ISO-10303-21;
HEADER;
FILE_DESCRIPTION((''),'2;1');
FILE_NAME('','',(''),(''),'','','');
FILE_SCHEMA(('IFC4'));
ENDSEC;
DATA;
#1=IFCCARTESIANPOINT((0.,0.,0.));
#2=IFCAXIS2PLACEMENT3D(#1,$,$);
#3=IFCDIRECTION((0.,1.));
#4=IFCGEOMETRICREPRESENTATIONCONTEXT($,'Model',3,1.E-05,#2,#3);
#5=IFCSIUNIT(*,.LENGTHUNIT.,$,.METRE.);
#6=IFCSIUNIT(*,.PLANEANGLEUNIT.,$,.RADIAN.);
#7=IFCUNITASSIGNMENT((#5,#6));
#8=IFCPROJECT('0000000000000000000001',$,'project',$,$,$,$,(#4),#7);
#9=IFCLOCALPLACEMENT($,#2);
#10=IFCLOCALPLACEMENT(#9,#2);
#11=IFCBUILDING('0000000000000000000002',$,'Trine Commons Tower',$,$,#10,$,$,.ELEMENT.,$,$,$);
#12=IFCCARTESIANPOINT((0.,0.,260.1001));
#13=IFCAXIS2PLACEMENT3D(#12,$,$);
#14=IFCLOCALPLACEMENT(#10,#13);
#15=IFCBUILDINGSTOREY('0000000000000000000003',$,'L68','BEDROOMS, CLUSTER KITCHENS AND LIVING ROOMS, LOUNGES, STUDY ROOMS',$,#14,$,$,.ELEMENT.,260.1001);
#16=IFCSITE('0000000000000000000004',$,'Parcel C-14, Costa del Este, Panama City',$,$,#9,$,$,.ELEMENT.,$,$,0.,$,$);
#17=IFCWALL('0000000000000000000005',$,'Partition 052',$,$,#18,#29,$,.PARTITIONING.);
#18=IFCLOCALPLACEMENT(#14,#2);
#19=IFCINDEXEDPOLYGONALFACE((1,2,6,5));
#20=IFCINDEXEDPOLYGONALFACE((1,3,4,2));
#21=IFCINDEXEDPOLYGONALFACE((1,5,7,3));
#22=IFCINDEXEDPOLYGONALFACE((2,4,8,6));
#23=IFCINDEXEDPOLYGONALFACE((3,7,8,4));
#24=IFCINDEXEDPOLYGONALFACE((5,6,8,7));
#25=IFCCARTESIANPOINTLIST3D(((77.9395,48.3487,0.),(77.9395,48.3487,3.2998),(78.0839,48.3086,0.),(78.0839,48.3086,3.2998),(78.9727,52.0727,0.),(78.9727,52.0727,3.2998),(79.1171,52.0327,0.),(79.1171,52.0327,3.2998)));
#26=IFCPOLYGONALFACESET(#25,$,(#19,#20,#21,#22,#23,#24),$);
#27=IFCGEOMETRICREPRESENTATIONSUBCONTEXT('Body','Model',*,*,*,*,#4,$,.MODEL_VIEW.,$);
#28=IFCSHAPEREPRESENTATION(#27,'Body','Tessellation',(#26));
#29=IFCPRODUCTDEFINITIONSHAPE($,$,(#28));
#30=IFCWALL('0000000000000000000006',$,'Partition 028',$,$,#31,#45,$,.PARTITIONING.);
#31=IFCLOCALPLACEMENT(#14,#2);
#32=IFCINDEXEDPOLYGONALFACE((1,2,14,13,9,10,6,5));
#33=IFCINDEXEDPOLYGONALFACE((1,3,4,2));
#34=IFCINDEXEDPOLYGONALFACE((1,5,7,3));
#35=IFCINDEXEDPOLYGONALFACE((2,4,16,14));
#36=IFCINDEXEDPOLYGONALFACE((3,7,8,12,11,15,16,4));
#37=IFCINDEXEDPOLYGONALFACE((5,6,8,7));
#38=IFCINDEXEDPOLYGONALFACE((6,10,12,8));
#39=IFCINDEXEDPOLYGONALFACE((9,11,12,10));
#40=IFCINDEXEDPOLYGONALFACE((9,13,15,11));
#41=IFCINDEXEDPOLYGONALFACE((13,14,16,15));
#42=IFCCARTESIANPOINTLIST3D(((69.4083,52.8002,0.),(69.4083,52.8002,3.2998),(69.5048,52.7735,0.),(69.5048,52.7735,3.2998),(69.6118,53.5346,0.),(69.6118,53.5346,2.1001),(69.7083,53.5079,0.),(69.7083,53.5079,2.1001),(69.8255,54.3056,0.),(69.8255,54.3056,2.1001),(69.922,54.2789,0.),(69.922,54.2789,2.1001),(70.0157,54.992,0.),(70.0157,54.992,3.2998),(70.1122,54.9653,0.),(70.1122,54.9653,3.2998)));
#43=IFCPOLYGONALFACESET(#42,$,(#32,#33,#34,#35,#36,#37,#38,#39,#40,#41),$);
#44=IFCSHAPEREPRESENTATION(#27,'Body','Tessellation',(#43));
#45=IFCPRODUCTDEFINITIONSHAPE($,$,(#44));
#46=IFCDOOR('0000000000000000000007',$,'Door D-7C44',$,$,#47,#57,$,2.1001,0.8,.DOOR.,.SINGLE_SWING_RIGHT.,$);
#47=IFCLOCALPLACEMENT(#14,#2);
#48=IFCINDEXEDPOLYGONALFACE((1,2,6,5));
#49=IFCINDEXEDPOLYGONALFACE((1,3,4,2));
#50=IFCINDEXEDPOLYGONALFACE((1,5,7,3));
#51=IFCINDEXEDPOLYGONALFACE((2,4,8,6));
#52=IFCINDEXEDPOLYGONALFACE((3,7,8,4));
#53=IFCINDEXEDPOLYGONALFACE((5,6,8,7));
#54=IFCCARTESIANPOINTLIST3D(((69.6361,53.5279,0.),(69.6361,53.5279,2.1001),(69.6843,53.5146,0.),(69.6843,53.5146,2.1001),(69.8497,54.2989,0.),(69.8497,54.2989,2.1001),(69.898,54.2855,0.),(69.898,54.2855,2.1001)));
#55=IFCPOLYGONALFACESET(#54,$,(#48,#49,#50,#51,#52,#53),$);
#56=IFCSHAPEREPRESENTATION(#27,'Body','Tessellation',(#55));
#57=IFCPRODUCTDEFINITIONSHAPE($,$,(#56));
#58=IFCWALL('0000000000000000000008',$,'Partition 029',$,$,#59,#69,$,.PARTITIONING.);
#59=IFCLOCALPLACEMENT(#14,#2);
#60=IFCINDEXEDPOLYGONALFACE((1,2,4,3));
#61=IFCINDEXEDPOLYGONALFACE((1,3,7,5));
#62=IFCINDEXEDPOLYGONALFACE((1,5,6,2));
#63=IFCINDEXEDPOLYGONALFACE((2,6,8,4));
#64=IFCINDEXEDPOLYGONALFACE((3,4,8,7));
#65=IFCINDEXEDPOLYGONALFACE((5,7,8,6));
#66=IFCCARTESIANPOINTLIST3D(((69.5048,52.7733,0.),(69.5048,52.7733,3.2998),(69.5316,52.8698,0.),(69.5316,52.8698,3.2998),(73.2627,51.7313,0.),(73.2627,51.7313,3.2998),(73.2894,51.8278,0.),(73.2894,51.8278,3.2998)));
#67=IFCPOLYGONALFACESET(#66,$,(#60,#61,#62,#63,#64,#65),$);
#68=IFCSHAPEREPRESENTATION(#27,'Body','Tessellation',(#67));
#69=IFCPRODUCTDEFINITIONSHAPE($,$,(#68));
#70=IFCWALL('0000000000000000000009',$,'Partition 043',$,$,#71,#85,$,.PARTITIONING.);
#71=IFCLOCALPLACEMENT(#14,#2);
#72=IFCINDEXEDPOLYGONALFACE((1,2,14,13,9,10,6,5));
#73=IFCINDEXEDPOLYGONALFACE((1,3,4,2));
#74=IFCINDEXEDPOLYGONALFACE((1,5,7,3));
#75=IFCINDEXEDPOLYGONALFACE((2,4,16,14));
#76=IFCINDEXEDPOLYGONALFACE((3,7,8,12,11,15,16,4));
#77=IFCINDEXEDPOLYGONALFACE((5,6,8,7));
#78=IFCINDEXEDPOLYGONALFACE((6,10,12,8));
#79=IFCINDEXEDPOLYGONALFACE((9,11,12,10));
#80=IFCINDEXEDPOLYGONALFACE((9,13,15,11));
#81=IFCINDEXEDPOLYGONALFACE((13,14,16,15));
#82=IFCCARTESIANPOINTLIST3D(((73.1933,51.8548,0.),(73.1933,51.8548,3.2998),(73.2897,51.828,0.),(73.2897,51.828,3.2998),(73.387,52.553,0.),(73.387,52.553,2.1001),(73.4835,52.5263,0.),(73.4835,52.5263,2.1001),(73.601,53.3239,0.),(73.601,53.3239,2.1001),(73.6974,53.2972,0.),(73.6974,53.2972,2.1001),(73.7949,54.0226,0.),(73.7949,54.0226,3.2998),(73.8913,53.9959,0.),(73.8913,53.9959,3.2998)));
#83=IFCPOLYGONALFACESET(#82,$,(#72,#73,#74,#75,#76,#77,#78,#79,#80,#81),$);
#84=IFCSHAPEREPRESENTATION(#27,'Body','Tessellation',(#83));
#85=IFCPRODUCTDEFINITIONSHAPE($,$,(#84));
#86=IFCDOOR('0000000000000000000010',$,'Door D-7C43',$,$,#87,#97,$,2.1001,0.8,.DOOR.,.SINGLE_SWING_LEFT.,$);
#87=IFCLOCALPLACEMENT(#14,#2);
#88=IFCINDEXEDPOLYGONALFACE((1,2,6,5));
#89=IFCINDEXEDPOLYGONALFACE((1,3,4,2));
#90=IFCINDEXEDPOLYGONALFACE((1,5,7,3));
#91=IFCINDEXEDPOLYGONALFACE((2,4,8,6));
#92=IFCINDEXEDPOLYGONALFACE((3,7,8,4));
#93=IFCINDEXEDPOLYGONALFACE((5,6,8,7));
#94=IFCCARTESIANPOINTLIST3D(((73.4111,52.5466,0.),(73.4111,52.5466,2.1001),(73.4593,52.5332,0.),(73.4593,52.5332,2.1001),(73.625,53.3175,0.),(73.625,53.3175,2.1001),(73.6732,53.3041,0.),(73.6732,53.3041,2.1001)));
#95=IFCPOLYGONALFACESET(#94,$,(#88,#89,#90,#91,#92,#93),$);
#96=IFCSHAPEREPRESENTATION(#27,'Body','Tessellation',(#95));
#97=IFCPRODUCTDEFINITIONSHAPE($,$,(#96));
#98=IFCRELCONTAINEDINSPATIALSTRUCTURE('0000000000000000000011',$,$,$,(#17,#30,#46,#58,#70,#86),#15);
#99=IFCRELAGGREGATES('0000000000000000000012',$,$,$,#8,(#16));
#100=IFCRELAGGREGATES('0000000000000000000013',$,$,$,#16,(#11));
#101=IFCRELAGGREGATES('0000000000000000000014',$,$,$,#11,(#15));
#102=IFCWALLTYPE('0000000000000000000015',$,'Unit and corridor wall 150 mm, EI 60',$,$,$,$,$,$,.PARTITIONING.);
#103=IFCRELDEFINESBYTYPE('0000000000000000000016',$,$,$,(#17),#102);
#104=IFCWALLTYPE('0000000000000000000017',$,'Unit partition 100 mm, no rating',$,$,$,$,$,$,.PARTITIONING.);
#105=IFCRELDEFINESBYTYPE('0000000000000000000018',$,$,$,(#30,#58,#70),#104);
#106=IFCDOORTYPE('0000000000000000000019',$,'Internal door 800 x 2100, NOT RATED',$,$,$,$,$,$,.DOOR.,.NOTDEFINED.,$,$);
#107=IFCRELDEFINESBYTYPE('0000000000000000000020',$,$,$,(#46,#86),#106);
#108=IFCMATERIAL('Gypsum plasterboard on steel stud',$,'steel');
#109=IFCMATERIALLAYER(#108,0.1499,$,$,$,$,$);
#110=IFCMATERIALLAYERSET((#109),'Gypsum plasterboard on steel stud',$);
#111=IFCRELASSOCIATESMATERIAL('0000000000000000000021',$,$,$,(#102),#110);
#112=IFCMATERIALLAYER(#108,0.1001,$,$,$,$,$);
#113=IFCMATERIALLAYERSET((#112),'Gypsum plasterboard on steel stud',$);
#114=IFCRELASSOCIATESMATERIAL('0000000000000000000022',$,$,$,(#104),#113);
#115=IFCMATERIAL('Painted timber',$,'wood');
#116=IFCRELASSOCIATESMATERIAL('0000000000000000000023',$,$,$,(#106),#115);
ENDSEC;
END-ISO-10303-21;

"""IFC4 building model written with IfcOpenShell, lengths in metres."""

from ifc_helpers import new_model, si_unit, direction, frame, frame_2d, origin, place, context, subcontext, project, spatial, rectangle, extrude, material, layer, layer_set, type_object, element, fill, save


model = new_model("IFC4")

# Units and contexts
model_context = context("Model", 3, precision=1e-05, world=origin(), true_north=direction((0.0, 1.0)))
body_context = subcontext(model_context, "Body", "Model", "MODEL_VIEW")
ifc_project = project(units=[si_unit("LENGTHUNIT", "METRE"), si_unit("PLANEANGLEUNIT", "RADIAN")], contexts=[model_context])

# Site, building, storey
site_placement = place(None, origin())
site = spatial("IfcSite", under=ifc_project, at=site_placement, Name="Parcel C-14, Costa del Este, Panama City", CompositionType="ELEMENT", RefElevation=0.0)
building_placement = place(site_placement, origin())
building = spatial("IfcBuilding", under=site, at=building_placement, Name="Trine Commons Tower", CompositionType="ELEMENT")
storey_placement = place(building_placement, frame((0.0, 0.0, 260.1001)))
storey = spatial("IfcBuildingStorey", under=building, at=storey_placement, Name="L68", Description="BEDROOMS, CLUSTER KITCHENS AND LIVING ROOMS, LOUNGES, STUDY ROOMS", CompositionType="ELEMENT", Elevation=260.1001)

# Shared definitions
ifc_material_1 = material(Name="Gypsum plasterboard on steel stud", Category="steel")
ifc_layer_1 = layer(ifc_material_1, 0.1499)
ifc_layer_set_1 = layer_set([ifc_layer_1], Name="Gypsum plasterboard on steel stud")
wall_type_1 = type_object("IfcWallType", Name="Unit and corridor wall 150 mm, EI 60", PredefinedType="PARTITIONING", material=ifc_layer_set_1)

# Shared definitions
ifc_material_2 = material(Name="Painted timber", Category="wood")

# Wall
wall_1_placement = place(storey_placement, frame((78.0117, 48.3286, 0.0), z_axis=(0.0, 0.0, 1.0), x_axis=(0.267338, 0.963603, 0.0)))
element("IfcWall", 1, at=wall_1_placement, inside=storey, type_object=wall_type_1, Name="Partition 052", PredefinedType="PARTITIONING", context=body_context, shape_type="SweptSolid", body=[
    extrude(rectangle(XDim=3.8647, YDim=0.1499, at=frame_2d((1.9324, 0.0))), origin(), (0.0, 0.0, 1.0), 3.2998),
])

# Wall, opening, door
ifc_layer_2 = layer(ifc_material_1, 0.1001)
ifc_layer_set_2 = layer_set([ifc_layer_2], Name="Gypsum plasterboard on steel stud")
wall_type_2 = type_object("IfcWallType", Name="Unit partition 100 mm, no rating", PredefinedType="PARTITIONING", material=ifc_layer_set_2)
wall_2_placement = place(storey_placement, frame((69.4565, 52.7869, 0.0), z_axis=(0.0, 0.0, 1.0), x_axis=(0.267057, 0.963681, 0.0)))
wall_2 = element("IfcWall", 2, at=wall_2_placement, inside=storey, type_object=wall_type_2, Name="Partition 028", PredefinedType="PARTITIONING", context=body_context, shape_type="SweptSolid", body=[
    extrude(rectangle(XDim=2.2744, YDim=0.1001, at=frame_2d((1.1372, 0.0))), origin(), (0.0, 0.0, 1.0), 3.2998),
])
opening_1_placement = place(wall_2_placement, frame((0.7622, 0.0, 0.0)))
opening_1 = element("IfcOpeningElement", 3, at=opening_1_placement, cuts=wall_2, PredefinedType="OPENING", context=body_context, shape_type="SweptSolid", body=[
    extrude(rectangle(XDim=0.8, YDim=2.1001, at=frame_2d((0.3999, 1.05))), frame((0.0, 0.0601, 0.0), z_axis=(0.0, -1.0, 0.0), x_axis=(1.0, 0.0, 0.0)), (0.0, 0.0, 1.0), 0.1201),
])
door_type_1 = type_object("IfcDoorType", Name="Internal door 800 x 2100, NOT RATED", OperationType="NOTDEFINED", PredefinedType="DOOR", material=ifc_material_2)
door_1_placement = place(opening_1_placement, origin())
door_1 = element("IfcDoor", 4, at=door_1_placement, inside=storey, type_object=door_type_1, Name="Door D-7C44", OperationType="SINGLE_SWING_RIGHT", OverallHeight=2.1001, OverallWidth=0.8, PredefinedType="DOOR", context=body_context, shape_type="SweptSolid", body=[
    extrude(rectangle(XDim=0.8, YDim=2.1001, at=frame_2d((0.3999, 1.05))), frame((0.0, 0.0249, 0.0), z_axis=(0.0, -1.0, 0.0), x_axis=(1.0, 0.0, 0.0)), (0.0, 0.0, 1.0), 0.05),
])
fill(opening_1, door_1)

# Wall
wall_3_placement = place(storey_placement, frame((69.5183, 52.8215, 0.0), z_axis=(0.0, 0.0, 1.0), x_axis=(0.96364, -0.267205, 0.0)))
element("IfcWall", 5, at=wall_3_placement, inside=storey, type_object=wall_type_2, Name="Partition 029", PredefinedType="PARTITIONING", context=body_context, shape_type="SweptSolid", body=[
    extrude(rectangle(XDim=3.8997, YDim=0.1001, at=frame_2d((1.9497, 0.0))), origin(), (0.0, 0.0, 1.0), 3.2998),
])

# Wall, opening, door
wall_4_placement = place(storey_placement, frame((73.2415, 51.8413, 0.0), z_axis=(0.0, 0.0, 1.0), x_axis=(0.267403, 0.963585, 0.0)))
wall_4 = element("IfcWall", 6, at=wall_4_placement, inside=storey, type_object=wall_type_2, Name="Partition 043", PredefinedType="PARTITIONING", context=body_context, shape_type="SweptSolid", body=[
    extrude(rectangle(XDim=2.2498, YDim=0.1001, at=frame_2d((1.125, 0.0))), origin(), (0.0, 0.0, 1.0), 3.2998),
])
opening_2_placement = place(wall_4_placement, frame((0.7249, 0.0, 0.0)))
opening_2 = element("IfcOpeningElement", 7, at=opening_2_placement, cuts=wall_4, PredefinedType="OPENING", context=body_context, shape_type="SweptSolid", body=[
    extrude(rectangle(XDim=0.8, YDim=2.1001, at=frame_2d((0.3999, 1.05))), frame((0.0, 0.0601, 0.0), z_axis=(0.0, -1.0, 0.0), x_axis=(1.0, 0.0, 0.0)), (0.0, 0.0, 1.0), 0.1201),
])
door_2_placement = place(opening_2_placement, frame((0.8, 0.0, 0.0), z_axis=(0.0, 0.0, 1.0), x_axis=(-1.0, 0.0, 0.0)))
door_2 = element("IfcDoor", 8, at=door_2_placement, inside=storey, type_object=door_type_1, Name="Door D-7C43", OperationType="SINGLE_SWING_LEFT", OverallHeight=2.1001, OverallWidth=0.8, PredefinedType="DOOR", context=body_context, shape_type="SweptSolid", body=[
    extrude(rectangle(XDim=0.8, YDim=2.1001, at=frame_2d((0.3999, 1.05))), frame((0.0, 0.0249, 0.0), z_axis=(0.0, -1.0, 0.0), x_axis=(1.0, 0.0, 0.0)), (0.0, 0.0, 1.0), 0.05),
])
fill(opening_2, door_2)

save(model, "model.ifc")
